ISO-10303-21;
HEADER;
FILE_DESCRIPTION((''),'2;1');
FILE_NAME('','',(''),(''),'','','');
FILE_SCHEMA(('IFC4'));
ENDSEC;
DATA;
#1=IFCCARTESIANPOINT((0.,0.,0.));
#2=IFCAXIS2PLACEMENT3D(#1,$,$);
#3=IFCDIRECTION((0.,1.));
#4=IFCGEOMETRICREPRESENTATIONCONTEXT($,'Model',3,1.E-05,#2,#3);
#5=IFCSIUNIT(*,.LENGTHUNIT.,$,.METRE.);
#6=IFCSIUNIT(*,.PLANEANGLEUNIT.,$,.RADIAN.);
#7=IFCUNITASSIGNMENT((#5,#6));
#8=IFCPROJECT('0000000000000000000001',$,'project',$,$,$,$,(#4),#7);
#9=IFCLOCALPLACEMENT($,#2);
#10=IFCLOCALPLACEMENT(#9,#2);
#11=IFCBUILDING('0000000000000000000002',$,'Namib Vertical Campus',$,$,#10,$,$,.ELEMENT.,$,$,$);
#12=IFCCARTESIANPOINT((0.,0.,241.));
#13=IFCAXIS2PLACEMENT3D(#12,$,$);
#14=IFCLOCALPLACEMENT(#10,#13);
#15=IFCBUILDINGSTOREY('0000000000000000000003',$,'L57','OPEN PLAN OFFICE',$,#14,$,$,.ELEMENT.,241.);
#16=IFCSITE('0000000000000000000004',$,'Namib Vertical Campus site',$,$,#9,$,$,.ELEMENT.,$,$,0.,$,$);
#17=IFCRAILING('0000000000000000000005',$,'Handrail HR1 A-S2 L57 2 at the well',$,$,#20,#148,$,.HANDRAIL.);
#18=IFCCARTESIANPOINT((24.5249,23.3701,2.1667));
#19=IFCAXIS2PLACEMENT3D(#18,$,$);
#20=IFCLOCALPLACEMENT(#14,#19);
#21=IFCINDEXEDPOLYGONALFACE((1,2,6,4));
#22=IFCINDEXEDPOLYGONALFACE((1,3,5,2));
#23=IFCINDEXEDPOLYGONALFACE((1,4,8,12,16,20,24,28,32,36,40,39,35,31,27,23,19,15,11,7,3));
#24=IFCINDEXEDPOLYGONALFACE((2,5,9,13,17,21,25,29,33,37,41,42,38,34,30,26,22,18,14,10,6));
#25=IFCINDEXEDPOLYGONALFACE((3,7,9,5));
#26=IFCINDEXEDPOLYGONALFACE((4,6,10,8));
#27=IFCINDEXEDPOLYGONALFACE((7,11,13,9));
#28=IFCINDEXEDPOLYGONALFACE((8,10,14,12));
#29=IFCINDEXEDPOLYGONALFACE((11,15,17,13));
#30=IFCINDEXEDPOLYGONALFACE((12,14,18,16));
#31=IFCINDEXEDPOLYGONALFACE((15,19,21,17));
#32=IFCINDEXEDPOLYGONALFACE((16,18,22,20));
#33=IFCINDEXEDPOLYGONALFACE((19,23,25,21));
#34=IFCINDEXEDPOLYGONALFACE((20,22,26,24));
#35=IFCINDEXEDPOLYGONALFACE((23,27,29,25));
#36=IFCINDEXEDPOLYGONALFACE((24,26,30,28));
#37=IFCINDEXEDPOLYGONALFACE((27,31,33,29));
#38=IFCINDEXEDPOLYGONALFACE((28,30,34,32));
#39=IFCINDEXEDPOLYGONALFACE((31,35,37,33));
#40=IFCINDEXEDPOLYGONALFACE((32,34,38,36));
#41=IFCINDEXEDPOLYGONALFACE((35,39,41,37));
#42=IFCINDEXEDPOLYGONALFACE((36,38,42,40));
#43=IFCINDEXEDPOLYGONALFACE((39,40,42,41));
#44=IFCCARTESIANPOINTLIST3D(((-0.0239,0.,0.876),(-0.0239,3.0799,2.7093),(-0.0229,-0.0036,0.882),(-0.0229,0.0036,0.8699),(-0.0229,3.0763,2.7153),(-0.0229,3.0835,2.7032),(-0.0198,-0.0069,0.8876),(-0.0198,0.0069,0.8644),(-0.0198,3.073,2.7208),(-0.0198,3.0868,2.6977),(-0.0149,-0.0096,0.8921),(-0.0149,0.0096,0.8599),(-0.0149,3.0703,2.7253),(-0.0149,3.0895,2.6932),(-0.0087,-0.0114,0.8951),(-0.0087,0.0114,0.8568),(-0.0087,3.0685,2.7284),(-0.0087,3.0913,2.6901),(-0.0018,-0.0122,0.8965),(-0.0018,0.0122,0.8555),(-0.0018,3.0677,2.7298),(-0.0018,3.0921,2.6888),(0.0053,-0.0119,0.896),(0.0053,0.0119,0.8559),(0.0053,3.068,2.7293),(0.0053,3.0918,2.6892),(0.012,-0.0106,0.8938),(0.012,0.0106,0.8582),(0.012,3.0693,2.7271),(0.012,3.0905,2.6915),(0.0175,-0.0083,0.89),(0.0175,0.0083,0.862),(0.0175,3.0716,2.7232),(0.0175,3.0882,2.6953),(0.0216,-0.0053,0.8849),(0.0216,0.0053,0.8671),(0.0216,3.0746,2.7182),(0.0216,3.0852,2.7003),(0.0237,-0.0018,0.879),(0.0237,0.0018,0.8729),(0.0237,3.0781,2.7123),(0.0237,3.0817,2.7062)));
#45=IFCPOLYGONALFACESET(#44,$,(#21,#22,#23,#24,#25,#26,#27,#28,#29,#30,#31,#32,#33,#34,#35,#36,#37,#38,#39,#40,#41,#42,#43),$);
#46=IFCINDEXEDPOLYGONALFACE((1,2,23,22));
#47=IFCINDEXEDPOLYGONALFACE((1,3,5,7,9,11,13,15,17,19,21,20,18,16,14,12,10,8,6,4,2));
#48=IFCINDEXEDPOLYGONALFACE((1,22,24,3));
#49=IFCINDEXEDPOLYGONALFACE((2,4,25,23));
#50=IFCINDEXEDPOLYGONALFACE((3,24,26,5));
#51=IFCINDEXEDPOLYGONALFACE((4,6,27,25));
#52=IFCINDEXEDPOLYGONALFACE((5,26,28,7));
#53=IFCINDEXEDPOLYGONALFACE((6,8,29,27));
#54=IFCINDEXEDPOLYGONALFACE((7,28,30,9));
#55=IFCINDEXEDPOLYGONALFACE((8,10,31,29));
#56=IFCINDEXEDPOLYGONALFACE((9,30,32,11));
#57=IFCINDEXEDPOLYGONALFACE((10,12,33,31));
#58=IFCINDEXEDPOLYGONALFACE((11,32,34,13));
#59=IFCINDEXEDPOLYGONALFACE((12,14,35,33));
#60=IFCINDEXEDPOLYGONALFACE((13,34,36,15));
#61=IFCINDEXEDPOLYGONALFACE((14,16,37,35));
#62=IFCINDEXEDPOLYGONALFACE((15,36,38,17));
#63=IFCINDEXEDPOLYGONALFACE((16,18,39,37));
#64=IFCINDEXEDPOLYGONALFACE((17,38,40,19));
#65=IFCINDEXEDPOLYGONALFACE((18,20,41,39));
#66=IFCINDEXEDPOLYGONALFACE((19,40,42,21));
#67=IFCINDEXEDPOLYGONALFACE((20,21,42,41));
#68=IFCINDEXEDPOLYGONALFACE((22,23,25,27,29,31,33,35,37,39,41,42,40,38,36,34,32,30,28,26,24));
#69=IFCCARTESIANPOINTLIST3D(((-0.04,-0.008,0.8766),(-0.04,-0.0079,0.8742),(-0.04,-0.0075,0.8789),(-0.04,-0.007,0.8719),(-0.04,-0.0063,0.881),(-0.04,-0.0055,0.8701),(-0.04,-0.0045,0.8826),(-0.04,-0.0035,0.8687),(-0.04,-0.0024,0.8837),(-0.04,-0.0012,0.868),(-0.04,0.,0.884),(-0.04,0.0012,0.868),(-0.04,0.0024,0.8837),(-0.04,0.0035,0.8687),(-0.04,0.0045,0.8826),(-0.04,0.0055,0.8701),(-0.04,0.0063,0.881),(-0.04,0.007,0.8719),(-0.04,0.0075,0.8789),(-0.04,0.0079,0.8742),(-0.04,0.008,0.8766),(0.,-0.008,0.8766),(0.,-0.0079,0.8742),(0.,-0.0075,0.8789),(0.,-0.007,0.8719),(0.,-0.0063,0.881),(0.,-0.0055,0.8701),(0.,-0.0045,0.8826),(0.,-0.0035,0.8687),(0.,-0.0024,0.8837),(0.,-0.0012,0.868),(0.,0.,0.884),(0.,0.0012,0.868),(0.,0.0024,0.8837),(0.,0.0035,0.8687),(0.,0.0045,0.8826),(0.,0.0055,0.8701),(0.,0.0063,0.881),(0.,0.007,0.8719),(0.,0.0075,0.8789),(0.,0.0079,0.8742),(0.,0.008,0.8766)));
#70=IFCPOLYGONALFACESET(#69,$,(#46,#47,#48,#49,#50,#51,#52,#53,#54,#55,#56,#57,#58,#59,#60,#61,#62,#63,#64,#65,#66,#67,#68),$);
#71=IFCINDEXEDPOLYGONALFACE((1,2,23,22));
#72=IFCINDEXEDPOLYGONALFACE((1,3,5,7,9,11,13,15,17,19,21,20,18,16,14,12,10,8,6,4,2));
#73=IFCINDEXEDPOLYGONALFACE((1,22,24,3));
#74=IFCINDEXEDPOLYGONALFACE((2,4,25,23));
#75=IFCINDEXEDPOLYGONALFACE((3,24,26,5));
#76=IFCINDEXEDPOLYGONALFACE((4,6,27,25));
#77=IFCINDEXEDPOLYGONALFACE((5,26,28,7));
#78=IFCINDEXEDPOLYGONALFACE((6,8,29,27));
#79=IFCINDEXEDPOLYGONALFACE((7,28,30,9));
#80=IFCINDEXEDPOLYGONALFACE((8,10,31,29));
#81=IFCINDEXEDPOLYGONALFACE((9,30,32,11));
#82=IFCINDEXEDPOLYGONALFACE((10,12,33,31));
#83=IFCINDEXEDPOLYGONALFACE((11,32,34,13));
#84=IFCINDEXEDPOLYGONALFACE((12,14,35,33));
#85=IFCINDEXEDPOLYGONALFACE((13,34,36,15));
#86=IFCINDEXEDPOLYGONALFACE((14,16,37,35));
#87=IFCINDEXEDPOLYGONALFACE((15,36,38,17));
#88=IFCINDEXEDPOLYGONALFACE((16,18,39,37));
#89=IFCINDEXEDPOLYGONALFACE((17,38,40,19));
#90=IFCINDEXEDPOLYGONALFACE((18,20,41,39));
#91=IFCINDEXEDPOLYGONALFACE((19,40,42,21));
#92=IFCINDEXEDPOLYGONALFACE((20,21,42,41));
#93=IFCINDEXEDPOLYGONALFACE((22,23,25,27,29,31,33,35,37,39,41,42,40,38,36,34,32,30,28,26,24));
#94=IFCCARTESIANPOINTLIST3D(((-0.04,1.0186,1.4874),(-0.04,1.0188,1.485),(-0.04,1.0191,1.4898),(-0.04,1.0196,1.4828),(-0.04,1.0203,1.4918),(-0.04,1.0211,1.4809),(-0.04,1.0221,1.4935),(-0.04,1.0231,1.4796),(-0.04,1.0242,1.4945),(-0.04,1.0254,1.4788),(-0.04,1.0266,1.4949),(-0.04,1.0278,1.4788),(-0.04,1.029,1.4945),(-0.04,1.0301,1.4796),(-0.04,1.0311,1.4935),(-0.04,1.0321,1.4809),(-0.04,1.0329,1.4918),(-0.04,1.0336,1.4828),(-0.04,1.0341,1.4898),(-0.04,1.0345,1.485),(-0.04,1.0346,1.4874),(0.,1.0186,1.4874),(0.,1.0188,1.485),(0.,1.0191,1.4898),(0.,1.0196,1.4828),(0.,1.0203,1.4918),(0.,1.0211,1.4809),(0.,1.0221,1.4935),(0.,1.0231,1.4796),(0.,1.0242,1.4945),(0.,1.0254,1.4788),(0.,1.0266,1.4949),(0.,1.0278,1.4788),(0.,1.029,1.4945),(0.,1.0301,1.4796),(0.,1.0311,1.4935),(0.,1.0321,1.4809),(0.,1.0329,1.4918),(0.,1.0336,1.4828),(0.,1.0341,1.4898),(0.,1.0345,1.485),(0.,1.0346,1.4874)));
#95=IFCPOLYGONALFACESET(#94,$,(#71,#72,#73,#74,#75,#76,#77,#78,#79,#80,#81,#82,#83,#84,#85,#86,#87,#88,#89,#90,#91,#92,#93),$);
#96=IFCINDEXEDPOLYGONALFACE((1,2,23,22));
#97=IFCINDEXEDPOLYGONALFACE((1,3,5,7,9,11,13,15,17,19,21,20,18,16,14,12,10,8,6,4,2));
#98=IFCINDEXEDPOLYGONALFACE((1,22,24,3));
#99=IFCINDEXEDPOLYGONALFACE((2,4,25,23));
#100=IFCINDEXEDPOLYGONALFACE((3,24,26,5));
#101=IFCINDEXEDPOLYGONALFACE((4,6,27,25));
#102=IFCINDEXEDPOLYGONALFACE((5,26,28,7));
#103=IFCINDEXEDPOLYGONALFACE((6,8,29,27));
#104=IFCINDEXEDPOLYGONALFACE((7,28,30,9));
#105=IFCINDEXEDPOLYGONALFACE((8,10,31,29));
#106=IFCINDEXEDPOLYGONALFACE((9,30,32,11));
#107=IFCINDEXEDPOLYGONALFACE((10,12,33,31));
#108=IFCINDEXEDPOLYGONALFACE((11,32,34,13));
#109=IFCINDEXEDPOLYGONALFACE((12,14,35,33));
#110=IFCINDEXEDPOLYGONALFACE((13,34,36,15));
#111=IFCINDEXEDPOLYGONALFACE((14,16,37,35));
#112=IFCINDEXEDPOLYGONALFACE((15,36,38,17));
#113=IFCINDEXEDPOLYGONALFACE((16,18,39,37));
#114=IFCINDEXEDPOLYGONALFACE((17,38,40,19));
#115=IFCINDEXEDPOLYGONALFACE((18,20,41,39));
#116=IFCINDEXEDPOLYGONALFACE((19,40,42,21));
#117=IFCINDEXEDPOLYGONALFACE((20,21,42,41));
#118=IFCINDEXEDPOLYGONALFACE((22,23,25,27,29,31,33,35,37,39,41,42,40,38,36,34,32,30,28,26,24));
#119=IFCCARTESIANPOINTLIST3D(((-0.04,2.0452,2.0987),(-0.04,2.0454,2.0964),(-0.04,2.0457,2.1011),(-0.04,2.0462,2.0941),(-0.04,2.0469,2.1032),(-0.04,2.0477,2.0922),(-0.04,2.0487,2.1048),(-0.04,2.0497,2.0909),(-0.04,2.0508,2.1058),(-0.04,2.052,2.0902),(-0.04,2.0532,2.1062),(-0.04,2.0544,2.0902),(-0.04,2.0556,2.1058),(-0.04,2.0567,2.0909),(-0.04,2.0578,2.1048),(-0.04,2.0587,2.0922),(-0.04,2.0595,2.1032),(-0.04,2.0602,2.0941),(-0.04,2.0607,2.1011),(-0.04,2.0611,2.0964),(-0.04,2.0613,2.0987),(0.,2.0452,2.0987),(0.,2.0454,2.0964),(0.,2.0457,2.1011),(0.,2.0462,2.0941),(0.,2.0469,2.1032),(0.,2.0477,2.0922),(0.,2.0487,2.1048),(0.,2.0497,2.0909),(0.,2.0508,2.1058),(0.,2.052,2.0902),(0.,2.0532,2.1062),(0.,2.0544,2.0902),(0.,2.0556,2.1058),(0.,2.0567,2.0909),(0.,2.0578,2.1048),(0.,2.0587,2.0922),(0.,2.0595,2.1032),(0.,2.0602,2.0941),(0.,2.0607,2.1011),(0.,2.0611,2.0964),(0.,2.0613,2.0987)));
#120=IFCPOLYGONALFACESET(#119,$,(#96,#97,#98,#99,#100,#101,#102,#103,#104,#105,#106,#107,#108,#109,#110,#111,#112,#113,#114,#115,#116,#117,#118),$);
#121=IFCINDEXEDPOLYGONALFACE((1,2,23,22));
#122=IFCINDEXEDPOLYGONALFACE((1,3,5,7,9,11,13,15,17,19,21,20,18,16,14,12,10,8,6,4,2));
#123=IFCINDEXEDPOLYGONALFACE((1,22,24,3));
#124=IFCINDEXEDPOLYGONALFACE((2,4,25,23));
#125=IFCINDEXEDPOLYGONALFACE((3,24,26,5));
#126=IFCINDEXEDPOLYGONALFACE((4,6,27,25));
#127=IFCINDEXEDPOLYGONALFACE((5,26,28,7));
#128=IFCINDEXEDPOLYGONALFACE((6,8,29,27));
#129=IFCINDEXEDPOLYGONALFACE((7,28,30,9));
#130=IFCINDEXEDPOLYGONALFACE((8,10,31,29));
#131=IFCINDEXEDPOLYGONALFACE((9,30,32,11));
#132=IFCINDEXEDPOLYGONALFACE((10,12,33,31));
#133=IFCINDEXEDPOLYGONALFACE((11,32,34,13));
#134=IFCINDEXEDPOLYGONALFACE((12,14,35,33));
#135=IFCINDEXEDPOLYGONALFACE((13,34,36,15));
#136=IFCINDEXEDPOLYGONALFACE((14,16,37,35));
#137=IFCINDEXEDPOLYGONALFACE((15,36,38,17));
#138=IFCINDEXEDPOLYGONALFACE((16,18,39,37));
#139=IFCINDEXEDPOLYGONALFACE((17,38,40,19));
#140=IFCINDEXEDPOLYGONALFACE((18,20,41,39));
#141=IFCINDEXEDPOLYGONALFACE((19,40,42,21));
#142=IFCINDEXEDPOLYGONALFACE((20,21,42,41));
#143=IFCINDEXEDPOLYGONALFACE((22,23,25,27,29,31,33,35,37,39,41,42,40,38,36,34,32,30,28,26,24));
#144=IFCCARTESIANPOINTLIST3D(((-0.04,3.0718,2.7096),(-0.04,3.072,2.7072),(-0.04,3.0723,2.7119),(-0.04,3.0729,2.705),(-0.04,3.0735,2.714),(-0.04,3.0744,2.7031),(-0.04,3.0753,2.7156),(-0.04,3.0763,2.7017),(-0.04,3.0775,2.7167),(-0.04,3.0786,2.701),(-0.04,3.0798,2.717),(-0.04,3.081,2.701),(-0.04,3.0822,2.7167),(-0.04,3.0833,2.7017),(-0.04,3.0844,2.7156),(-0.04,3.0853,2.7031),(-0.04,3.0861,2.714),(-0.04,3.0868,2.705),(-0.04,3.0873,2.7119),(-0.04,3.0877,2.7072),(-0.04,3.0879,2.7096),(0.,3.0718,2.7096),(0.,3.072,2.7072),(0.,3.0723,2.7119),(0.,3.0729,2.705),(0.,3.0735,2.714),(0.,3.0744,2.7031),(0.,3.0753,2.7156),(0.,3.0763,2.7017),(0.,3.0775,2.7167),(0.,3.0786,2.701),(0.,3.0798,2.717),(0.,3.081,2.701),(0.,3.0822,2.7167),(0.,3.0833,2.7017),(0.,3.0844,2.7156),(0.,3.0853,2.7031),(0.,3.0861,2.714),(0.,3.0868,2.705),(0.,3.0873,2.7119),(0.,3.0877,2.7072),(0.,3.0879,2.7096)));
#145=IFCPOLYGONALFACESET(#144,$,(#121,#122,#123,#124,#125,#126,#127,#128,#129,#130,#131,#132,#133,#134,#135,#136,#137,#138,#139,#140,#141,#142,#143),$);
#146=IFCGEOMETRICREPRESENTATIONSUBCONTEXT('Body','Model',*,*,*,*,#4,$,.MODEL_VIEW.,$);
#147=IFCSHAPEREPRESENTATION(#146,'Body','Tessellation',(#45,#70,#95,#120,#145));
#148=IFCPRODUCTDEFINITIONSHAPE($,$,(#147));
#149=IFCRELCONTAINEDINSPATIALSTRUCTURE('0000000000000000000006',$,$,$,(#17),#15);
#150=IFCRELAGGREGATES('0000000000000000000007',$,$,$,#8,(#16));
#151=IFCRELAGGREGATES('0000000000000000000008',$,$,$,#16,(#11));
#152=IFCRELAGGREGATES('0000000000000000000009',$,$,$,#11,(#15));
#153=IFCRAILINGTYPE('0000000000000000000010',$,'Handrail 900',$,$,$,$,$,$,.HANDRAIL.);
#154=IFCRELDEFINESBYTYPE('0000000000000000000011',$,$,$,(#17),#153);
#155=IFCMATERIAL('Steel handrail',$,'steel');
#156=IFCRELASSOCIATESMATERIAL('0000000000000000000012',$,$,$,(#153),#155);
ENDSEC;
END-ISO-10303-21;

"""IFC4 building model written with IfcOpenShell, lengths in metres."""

from ifc_helpers import new_model, si_unit, direction, frame, origin, origin_2d, place, context, subcontext, project, spatial, circle, extrude, material, type_object, element, save


model = new_model("IFC4")

# Units and contexts
model_context = context("Model", 3, precision=1e-05, world=origin(), true_north=direction((0.0, 1.0)))
body_context = subcontext(model_context, "Body", "Model", "MODEL_VIEW")
ifc_project = project(units=[si_unit("LENGTHUNIT", "METRE"), si_unit("PLANEANGLEUNIT", "RADIAN")], contexts=[model_context])

# Site, building, storey
site_placement = place(None, origin())
site = spatial("IfcSite", under=ifc_project, at=site_placement, Name="Namib Vertical Campus site", CompositionType="ELEMENT", RefElevation=0.0)
building_placement = place(site_placement, origin())
building = spatial("IfcBuilding", under=site, at=building_placement, Name="Namib Vertical Campus", CompositionType="ELEMENT")
storey_placement = place(building_placement, frame((0.0, 0.0, 241.0)))
storey = spatial("IfcBuildingStorey", under=building, at=storey_placement, Name="L57", Description="OPEN PLAN OFFICE", CompositionType="ELEMENT", Elevation=241.0)

# Railing
ifc_material_1 = material(Name="Steel handrail", Category="steel")
railing_type_1 = type_object("IfcRailingType", Name="Handrail 900", PredefinedType="HANDRAIL", material=ifc_material_1)
railing_1_placement = place(storey_placement, frame((24.5249, 23.3701, 2.1667)))
element("IfcRailing", 1, at=railing_1_placement, inside=storey, type_object=railing_type_1, Name="Handrail HR1 A-S2 L57 2 at the well", PredefinedType="HANDRAIL", context=body_context, shape_type="SweptSolid", body=[
    extrude(circle(Radius=0.0239, at=origin_2d()), frame((0.0, 0.0, 0.876), z_axis=(0.0, 0.859291, 0.511487), x_axis=(-1.0, 0.0, 0.0)), (0.0, 0.0, 1.0), 3.5842),
    extrude(circle(Radius=0.0081, at=origin_2d()), frame((0.0, 0.0, 0.876), z_axis=(-1.0, 0.0, 0.0), x_axis=(0.0, 0.0, 1.0)), (0.0, 0.0, 1.0), 0.04),
    extrude(circle(Radius=0.0081, at=origin_2d()), frame((0.0, 1.0266, 1.4868), z_axis=(-1.0, 0.0, 0.0), x_axis=(0.0, 0.0, 1.0)), (0.0, 0.0, 1.0), 0.04),
    extrude(circle(Radius=0.0081, at=origin_2d()), frame((0.0, 2.0532, 2.0981), z_axis=(-1.0, 0.0, 0.0), x_axis=(0.0, 0.0, 1.0)), (0.0, 0.0, 1.0), 0.04),
    extrude(circle(Radius=0.0081, at=origin_2d()), frame((0.0, 3.0798, 2.709), z_axis=(-1.0, 0.0, 0.0), x_axis=(0.0, 0.0, 1.0)), (0.0, 0.0, 1.0), 0.04),
])

save(model, "model.ifc")
